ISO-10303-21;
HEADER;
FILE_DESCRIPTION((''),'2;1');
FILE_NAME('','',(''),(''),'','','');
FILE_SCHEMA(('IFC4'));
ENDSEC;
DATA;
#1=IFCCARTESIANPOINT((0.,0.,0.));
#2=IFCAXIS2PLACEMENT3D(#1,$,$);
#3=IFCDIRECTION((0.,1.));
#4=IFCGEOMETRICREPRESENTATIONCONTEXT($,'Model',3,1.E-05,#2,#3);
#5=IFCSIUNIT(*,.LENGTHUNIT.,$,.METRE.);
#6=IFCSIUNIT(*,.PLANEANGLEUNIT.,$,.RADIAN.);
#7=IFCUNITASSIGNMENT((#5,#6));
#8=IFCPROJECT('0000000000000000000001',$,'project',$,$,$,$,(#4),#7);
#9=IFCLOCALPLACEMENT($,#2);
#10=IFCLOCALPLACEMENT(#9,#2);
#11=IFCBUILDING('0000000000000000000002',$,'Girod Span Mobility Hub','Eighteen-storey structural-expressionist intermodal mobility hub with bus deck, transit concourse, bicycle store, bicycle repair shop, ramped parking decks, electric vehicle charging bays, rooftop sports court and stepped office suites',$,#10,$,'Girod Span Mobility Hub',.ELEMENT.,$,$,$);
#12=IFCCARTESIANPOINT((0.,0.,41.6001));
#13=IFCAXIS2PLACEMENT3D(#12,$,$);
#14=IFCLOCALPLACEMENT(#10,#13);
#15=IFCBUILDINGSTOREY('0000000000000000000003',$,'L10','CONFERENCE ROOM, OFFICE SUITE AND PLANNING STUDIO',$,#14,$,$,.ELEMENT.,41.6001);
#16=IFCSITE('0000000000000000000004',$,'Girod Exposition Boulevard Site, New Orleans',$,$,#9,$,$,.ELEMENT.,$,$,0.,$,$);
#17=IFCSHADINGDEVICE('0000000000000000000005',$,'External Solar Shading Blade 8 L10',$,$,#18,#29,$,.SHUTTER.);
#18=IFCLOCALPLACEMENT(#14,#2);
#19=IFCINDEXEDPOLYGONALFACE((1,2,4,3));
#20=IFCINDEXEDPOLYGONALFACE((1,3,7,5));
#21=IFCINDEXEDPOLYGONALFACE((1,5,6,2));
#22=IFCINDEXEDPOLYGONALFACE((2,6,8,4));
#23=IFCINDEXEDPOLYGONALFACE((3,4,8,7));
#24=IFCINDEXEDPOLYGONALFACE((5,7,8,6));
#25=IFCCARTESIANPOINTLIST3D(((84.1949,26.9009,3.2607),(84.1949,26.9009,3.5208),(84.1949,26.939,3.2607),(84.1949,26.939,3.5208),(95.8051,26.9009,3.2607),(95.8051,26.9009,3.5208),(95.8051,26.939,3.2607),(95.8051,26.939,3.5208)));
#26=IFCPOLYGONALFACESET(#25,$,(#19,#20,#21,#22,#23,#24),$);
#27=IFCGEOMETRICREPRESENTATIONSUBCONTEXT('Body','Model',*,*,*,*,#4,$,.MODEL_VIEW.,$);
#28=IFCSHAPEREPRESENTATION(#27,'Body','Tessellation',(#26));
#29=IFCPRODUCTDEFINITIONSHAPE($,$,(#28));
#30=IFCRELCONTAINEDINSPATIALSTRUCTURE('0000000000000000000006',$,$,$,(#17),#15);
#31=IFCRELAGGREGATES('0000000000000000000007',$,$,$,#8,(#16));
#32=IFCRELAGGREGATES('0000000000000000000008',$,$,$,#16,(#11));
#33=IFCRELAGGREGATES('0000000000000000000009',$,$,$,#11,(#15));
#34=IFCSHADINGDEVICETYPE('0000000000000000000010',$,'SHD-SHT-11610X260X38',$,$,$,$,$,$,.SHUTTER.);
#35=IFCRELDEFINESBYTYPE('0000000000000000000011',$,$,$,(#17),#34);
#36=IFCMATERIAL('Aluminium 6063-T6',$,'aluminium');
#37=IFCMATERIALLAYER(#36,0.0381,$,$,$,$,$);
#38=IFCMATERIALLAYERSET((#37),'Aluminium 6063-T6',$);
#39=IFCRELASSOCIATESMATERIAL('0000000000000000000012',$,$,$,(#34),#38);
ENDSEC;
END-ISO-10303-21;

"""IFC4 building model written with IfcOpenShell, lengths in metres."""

from ifc_helpers import new_model, si_unit, direction, frame, origin, origin_2d, place, context, subcontext, project, spatial, rectangle, extrude, material, layer, layer_set, type_object, element, save


model = new_model("IFC4")

# Units and contexts
model_context = context("Model", 3, precision=1e-05, world=origin(), true_north=direction((0.0, 1.0)))
body_context = subcontext(model_context, "Body", "Model", "MODEL_VIEW")
ifc_project = project(units=[si_unit("LENGTHUNIT", "METRE"), si_unit("PLANEANGLEUNIT", "RADIAN")], contexts=[model_context])

# Site, building, storey
site_placement = place(None, origin())
site = spatial("IfcSite", under=ifc_project, at=site_placement, Name="Girod Exposition Boulevard Site, New Orleans", CompositionType="ELEMENT", RefElevation=0.0)
building_placement = place(site_placement, origin())
building = spatial("IfcBuilding", under=site, at=building_placement, Name="Girod Span Mobility Hub", Description="Eighteen-storey structural-expressionist intermodal mobility hub with bus deck, transit concourse, bicycle store, bicycle repair shop, ramped parking decks, electric vehicle charging bays, rooftop sports court and stepped office suites", LongName="Girod Span Mobility Hub", CompositionType="ELEMENT")
storey_placement = place(building_placement, frame((0.0, 0.0, 41.6001)))
storey = spatial("IfcBuildingStorey", under=building, at=storey_placement, Name="L10", Description="CONFERENCE ROOM, OFFICE SUITE AND PLANNING STUDIO", CompositionType="ELEMENT", Elevation=41.6001)

# Shading device
ifc_material_1 = material(Name="Aluminium 6063-T6", Category="aluminium")
ifc_layer_1 = layer(ifc_material_1, 0.0381)
ifc_layer_set_1 = layer_set([ifc_layer_1], Name="Aluminium 6063-T6")
shading_device_type = type_object("IfcShadingDeviceType", Name="SHD-SHT-11610X260X38", PredefinedType="SHUTTER", material=ifc_layer_set_1)
shading_device_placement = place(storey_placement, frame((90.0, 26.9199, 3.2607), z_axis=(0.0, 0.0, 1.0), x_axis=(1.0, 0.0, 0.0)))
element("IfcShadingDevice", 1, at=shading_device_placement, inside=storey, type_object=shading_device_type, Name="External Solar Shading Blade 8 L10", PredefinedType="SHUTTER", context=body_context, shape_type="SweptSolid", body=[
    extrude(rectangle(XDim=11.6101, YDim=0.0381, at=origin_2d()), origin(), (0.0, 0.0, 1.0), 0.26),
])

save(model, "model.ifc")
